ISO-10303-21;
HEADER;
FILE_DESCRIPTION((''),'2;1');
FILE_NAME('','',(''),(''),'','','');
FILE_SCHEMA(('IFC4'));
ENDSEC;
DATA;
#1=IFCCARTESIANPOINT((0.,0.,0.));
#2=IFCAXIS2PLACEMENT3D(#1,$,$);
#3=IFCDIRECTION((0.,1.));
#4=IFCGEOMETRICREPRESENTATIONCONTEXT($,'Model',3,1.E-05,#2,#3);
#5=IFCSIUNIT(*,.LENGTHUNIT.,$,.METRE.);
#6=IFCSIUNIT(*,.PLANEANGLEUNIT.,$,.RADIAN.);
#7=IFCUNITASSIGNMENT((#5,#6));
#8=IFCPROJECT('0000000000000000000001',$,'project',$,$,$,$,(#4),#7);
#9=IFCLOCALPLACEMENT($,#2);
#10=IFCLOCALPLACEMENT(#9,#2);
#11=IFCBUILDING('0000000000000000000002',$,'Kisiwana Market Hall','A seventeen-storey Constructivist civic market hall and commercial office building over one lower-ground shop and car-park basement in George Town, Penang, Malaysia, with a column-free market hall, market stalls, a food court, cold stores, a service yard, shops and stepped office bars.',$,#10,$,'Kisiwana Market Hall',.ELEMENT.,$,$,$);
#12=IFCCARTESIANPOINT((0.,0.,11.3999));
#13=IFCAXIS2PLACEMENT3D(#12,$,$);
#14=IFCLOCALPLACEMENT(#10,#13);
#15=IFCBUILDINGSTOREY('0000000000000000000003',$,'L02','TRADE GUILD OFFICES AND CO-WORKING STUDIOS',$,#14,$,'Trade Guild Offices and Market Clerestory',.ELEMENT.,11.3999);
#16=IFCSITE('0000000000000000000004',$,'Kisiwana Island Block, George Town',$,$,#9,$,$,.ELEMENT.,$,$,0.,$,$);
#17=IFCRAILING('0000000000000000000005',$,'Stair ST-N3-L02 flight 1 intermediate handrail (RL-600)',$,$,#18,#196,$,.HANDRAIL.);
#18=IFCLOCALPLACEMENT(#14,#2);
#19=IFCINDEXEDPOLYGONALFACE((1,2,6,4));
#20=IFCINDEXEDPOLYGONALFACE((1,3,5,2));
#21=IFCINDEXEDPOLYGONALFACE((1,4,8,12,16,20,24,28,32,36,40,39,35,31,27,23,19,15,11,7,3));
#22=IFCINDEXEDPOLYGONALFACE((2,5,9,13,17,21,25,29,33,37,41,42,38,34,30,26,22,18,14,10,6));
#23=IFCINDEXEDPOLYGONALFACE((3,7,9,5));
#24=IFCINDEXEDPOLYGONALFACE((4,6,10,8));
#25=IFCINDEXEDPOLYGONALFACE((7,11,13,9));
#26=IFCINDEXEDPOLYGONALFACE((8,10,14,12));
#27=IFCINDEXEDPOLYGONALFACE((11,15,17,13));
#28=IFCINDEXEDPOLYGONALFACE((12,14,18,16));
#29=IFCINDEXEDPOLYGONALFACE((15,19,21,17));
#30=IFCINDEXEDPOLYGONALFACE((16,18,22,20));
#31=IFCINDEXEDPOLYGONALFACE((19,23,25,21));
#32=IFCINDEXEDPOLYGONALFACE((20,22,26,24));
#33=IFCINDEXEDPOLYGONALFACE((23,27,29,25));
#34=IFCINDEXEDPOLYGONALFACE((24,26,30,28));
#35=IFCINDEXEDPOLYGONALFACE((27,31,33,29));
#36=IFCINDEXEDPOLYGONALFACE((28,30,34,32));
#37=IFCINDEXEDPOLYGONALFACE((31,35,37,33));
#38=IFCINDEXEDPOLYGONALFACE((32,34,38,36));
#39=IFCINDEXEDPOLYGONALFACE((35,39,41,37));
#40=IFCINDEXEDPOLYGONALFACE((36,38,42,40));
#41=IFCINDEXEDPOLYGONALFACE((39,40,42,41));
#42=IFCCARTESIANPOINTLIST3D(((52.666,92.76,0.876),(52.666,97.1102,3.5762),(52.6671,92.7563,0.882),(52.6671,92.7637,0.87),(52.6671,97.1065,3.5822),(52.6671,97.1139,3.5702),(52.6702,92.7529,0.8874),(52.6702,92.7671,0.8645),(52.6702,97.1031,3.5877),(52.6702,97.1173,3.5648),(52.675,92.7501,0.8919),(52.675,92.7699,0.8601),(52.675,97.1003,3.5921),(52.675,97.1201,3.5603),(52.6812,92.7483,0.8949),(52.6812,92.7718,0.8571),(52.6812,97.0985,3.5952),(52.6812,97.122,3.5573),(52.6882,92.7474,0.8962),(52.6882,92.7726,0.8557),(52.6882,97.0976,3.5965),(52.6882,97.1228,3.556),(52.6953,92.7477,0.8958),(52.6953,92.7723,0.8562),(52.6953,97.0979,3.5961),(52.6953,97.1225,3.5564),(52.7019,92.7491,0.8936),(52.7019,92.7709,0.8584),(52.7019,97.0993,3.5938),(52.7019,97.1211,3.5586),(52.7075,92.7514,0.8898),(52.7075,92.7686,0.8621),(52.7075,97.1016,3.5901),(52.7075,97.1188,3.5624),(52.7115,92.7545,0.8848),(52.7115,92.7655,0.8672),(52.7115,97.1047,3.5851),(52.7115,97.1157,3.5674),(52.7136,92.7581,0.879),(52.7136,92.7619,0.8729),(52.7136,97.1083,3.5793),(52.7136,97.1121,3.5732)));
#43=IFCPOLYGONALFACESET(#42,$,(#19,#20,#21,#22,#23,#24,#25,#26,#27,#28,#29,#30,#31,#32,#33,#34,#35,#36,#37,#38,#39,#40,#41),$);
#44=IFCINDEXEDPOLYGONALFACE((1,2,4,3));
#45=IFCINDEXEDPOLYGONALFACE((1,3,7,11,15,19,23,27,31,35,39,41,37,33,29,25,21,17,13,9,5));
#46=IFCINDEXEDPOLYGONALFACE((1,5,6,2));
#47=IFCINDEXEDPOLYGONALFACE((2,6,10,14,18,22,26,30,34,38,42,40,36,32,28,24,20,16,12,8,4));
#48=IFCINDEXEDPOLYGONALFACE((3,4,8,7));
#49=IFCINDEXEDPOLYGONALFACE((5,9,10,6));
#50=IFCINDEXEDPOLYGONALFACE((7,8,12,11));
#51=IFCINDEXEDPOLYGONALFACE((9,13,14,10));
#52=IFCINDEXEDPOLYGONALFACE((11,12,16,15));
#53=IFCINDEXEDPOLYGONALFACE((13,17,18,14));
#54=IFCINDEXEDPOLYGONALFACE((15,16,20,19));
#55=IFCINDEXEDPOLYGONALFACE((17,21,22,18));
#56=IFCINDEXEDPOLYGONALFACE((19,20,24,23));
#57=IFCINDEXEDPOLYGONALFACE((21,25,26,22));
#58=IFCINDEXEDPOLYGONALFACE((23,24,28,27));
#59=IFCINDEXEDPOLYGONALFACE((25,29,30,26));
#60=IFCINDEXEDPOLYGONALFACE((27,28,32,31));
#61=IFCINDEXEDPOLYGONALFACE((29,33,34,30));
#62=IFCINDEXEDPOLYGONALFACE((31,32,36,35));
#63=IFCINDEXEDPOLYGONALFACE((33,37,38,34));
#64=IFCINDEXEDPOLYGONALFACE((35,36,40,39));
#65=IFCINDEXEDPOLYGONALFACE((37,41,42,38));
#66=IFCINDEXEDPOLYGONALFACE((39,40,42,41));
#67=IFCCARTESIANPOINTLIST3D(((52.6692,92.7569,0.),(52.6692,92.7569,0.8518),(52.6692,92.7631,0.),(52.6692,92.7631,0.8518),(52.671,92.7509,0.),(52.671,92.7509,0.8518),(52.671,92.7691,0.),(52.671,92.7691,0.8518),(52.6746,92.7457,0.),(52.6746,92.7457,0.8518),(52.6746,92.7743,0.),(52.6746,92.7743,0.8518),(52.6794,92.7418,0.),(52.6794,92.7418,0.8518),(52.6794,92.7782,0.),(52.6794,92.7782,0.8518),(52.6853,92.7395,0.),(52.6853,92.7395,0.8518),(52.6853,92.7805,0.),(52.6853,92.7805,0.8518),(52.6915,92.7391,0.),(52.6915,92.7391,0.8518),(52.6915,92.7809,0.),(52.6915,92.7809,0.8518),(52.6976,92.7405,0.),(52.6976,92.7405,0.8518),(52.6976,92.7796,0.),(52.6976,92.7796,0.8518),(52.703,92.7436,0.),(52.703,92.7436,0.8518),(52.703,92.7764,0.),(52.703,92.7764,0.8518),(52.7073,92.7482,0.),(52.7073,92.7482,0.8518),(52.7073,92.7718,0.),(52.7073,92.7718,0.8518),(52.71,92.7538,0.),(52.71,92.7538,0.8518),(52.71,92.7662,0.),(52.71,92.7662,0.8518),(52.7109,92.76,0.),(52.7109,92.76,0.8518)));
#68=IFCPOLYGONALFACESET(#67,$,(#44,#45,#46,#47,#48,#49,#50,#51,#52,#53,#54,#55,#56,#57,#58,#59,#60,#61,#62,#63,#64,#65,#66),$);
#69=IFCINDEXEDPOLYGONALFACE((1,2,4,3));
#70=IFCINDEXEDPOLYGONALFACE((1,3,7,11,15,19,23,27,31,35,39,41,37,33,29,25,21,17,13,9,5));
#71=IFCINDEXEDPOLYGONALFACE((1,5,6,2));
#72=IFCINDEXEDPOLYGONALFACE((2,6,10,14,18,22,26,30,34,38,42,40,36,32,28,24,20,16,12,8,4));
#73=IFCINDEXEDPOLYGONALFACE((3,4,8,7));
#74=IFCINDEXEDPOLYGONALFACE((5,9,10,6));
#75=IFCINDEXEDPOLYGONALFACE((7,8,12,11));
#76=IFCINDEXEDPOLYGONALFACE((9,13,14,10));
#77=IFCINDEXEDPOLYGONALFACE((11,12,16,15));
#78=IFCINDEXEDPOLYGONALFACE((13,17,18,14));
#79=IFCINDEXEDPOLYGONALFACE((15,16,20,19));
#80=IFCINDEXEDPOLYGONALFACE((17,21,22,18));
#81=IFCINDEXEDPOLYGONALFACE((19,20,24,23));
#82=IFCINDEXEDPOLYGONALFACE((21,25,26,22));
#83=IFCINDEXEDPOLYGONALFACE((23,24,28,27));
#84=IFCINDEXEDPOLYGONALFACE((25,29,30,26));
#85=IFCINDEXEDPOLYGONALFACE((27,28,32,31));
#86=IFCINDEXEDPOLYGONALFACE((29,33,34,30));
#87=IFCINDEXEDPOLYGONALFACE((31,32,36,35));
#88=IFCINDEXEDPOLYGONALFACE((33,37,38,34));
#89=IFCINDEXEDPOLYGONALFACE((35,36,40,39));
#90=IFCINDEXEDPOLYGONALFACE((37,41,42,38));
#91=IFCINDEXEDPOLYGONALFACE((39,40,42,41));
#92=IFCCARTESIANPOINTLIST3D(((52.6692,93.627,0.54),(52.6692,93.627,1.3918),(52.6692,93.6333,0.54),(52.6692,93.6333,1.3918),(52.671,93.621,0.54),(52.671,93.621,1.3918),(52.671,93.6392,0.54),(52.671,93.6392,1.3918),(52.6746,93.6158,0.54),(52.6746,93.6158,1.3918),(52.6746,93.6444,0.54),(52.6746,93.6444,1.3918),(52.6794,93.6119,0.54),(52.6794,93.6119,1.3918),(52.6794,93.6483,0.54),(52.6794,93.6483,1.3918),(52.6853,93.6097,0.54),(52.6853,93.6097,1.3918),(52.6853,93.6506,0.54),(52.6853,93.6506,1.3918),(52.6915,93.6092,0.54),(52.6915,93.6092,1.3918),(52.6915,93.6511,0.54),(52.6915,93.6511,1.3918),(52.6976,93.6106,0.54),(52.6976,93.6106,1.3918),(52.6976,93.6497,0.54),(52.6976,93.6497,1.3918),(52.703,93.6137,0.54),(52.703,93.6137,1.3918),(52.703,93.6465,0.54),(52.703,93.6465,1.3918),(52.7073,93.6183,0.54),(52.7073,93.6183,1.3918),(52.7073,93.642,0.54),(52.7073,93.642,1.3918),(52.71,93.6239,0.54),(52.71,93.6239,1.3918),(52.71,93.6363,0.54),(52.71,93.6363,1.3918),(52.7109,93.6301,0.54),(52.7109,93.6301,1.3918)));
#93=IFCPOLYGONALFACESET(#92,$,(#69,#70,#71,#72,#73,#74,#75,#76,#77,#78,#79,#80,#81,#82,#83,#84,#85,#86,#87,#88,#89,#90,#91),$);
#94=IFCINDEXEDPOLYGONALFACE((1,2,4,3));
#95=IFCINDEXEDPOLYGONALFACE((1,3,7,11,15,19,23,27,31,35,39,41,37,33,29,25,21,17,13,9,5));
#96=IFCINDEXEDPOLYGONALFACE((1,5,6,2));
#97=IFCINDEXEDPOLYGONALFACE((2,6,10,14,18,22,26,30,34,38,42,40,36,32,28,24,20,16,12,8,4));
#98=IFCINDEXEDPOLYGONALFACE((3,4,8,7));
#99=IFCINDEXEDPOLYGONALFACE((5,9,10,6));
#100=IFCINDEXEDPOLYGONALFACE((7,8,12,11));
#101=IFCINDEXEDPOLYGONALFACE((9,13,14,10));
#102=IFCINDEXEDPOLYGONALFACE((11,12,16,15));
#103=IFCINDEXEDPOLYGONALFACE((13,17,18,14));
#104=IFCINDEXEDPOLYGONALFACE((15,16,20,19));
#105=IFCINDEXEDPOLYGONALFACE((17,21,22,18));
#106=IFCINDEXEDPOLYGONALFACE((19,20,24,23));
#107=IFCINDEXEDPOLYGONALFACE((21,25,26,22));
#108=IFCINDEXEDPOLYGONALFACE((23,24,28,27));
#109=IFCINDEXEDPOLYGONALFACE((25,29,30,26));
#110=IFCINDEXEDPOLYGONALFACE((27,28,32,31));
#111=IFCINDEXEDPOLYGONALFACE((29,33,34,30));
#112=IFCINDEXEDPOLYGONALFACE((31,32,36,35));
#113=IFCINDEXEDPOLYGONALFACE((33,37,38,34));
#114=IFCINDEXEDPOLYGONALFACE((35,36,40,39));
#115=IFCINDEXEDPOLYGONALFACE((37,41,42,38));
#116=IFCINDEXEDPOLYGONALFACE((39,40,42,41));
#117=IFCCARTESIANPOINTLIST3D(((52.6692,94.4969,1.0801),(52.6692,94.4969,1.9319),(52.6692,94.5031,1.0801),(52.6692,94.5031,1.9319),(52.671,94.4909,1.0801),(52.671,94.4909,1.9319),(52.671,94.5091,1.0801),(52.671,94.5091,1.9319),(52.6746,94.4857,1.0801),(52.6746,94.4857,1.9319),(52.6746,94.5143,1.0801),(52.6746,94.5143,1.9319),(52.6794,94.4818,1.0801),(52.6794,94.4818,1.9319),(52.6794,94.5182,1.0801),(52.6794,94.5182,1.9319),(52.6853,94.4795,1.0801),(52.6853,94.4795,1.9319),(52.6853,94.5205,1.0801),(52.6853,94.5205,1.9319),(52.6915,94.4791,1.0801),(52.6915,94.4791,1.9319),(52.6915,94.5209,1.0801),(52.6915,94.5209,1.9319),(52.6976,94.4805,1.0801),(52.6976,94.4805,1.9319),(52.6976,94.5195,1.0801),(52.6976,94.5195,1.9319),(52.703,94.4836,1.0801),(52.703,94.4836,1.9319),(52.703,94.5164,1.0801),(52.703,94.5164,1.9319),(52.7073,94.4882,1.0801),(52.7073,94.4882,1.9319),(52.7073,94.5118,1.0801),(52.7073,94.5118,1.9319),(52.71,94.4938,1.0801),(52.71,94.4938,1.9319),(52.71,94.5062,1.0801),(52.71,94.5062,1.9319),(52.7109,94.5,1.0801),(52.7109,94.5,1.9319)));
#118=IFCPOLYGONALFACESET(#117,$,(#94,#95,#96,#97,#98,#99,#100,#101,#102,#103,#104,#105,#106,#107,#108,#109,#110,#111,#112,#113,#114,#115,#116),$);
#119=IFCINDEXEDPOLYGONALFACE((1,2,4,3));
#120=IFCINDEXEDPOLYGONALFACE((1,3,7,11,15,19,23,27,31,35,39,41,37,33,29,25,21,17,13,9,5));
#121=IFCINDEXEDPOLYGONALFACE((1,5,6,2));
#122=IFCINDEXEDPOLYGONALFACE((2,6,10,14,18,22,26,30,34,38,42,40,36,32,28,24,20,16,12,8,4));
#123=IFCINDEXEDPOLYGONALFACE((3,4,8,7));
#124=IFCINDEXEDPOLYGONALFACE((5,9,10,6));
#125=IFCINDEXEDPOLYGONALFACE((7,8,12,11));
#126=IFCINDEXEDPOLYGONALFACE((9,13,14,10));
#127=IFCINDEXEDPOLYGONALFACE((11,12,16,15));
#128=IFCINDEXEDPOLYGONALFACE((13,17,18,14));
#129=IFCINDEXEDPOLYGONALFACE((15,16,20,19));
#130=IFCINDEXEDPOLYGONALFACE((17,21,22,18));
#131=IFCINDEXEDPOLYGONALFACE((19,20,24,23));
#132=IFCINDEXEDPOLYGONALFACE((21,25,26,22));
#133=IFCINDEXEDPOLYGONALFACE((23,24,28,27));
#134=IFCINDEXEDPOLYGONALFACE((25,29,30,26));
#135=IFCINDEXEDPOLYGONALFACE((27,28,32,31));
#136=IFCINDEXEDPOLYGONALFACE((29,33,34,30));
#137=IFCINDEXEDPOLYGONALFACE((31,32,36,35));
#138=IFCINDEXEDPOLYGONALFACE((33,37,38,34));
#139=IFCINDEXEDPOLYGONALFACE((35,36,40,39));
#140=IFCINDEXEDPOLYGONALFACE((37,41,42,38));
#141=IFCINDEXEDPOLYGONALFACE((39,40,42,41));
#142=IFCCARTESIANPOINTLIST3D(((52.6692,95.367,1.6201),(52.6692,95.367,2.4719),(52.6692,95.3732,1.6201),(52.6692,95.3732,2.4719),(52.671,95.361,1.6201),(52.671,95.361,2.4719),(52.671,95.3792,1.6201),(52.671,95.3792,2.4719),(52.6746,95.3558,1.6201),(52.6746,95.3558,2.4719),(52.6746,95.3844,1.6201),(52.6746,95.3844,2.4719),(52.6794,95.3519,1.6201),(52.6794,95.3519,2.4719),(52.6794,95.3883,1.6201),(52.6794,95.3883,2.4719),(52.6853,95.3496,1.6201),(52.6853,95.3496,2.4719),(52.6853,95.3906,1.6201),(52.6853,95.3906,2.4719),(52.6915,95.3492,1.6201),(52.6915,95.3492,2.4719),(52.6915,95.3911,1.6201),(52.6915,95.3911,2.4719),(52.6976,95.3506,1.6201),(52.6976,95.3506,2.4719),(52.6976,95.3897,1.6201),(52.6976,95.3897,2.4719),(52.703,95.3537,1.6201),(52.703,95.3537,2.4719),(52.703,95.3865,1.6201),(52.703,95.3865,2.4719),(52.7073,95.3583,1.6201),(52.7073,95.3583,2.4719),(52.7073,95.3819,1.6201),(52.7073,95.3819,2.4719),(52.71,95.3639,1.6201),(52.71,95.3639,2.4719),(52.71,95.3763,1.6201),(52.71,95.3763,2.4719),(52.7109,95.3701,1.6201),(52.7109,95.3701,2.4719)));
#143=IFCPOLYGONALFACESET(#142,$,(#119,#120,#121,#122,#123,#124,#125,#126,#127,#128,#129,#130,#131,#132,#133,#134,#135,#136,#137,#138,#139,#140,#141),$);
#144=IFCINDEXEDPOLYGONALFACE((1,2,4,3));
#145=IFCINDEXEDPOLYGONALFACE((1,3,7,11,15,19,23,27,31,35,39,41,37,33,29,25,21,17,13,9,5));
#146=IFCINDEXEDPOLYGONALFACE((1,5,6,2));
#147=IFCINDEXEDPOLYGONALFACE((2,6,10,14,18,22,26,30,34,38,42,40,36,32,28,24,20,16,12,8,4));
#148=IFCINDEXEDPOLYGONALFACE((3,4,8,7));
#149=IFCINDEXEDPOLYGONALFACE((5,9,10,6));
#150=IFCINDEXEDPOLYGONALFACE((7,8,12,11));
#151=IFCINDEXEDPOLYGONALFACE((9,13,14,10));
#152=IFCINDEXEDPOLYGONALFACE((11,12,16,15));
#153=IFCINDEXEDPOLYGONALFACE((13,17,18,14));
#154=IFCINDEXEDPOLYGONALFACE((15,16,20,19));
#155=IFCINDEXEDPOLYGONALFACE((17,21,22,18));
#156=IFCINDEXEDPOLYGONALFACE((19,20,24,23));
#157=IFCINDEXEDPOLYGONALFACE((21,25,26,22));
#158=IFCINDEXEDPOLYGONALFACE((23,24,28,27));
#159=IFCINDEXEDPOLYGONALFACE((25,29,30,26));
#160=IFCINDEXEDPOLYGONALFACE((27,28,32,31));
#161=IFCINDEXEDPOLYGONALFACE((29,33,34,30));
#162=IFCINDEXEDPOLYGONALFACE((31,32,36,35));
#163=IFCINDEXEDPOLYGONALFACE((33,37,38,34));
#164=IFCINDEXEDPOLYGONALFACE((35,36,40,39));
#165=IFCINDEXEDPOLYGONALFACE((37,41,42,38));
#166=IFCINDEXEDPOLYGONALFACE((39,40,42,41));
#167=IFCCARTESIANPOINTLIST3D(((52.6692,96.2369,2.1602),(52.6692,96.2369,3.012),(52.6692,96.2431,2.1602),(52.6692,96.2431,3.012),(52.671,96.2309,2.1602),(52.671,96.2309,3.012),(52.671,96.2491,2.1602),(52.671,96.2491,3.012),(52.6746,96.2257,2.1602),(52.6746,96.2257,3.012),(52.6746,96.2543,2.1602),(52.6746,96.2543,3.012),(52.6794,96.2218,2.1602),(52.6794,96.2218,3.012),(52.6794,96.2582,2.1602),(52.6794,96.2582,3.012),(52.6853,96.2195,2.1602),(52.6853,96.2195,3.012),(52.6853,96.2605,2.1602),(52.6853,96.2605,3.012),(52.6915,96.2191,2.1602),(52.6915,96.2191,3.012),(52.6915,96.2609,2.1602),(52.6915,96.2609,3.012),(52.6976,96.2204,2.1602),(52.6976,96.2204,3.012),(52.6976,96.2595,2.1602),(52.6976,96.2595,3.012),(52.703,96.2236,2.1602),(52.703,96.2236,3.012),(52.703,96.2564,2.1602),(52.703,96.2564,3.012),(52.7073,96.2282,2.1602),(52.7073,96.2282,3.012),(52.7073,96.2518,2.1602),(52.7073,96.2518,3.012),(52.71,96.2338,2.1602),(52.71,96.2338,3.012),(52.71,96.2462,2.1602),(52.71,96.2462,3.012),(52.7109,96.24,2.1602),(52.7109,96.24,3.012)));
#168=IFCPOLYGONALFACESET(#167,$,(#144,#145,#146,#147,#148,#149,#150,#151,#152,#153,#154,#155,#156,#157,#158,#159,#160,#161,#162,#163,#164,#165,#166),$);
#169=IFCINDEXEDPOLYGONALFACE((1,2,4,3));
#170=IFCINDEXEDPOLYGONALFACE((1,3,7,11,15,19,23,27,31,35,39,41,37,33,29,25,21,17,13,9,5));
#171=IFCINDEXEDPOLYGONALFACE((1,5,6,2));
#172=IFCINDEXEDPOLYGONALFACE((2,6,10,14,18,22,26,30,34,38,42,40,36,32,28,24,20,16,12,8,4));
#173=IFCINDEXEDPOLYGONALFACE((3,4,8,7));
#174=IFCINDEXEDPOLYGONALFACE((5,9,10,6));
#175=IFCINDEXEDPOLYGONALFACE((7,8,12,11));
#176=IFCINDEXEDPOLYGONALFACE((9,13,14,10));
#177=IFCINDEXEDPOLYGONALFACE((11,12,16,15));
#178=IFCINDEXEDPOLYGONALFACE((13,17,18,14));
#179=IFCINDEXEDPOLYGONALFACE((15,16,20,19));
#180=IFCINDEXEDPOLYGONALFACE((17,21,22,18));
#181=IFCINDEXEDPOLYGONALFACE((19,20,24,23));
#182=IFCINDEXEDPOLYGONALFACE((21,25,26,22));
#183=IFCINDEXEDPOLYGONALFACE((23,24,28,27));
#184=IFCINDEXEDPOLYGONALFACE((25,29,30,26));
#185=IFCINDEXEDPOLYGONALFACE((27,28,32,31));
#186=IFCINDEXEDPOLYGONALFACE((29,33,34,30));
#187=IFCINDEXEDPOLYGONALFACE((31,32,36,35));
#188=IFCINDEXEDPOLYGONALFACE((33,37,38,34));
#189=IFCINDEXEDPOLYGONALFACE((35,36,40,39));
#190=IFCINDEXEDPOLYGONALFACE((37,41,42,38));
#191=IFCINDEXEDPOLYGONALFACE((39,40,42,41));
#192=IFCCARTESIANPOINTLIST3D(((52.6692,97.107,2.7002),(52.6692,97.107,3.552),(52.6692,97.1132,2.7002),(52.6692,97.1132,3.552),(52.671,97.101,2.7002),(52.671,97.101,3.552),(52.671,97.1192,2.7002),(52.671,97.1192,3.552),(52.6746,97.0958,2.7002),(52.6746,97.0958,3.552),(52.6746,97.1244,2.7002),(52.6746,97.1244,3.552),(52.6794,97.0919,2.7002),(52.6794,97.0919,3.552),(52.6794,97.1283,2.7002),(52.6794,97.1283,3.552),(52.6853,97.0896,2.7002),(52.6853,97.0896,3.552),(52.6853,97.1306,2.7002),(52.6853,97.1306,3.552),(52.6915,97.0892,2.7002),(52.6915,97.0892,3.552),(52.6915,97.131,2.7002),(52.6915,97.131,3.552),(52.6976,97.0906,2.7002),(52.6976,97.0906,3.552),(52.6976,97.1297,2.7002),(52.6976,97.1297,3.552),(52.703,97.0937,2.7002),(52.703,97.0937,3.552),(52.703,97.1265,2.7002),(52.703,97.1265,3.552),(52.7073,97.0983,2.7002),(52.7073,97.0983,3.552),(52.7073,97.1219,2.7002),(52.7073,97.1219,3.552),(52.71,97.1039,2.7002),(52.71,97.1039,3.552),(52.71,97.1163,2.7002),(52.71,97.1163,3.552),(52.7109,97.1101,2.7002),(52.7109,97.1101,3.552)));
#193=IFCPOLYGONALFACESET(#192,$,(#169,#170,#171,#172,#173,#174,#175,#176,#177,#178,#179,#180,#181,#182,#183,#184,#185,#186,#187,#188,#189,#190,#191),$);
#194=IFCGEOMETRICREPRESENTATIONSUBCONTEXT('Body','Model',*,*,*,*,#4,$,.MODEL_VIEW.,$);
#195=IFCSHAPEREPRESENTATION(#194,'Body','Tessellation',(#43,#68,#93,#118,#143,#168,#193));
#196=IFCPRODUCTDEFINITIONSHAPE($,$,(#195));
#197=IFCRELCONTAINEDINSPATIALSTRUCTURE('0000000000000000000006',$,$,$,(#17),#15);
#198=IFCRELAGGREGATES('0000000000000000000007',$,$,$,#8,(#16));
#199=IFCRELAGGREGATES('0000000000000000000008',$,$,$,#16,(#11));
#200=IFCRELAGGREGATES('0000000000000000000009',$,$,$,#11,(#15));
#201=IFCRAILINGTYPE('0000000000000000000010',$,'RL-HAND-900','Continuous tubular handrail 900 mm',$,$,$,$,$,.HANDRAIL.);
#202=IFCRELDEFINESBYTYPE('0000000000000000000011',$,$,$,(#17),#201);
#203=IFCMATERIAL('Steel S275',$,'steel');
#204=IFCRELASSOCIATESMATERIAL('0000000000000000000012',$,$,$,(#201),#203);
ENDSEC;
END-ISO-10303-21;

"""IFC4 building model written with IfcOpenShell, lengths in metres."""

from ifc_helpers import new_model, si_unit, direction, frame, origin, origin_2d, place, context, subcontext, project, spatial, circle, extrude, material, type_object, element, save


model = new_model("IFC4")

# Units and contexts
model_context = context("Model", 3, precision=1e-05, world=origin(), true_north=direction((0.0, 1.0)))
body_context = subcontext(model_context, "Body", "Model", "MODEL_VIEW")
ifc_project = project(units=[si_unit("LENGTHUNIT", "METRE"), si_unit("PLANEANGLEUNIT", "RADIAN")], contexts=[model_context])

# Site, building, storey
site_placement = place(None, origin())
site = spatial("IfcSite", under=ifc_project, at=site_placement, Name="Kisiwana Island Block, George Town", CompositionType="ELEMENT", RefElevation=0.0)
building_placement = place(site_placement, origin())
building = spatial("IfcBuilding", under=site, at=building_placement, Name="Kisiwana Market Hall", Description="A seventeen-storey Constructivist civic market hall and commercial office building over one lower-ground shop and car-park basement in George Town, Penang, Malaysia, with a column-free market hall, market stalls, a food court, cold stores, a service yard, shops and stepped office bars.", LongName="Kisiwana Market Hall", CompositionType="ELEMENT")
storey_placement = place(building_placement, frame((0.0, 0.0, 11.3999)))
storey = spatial("IfcBuildingStorey", under=building, at=storey_placement, Name="L02", Description="TRADE GUILD OFFICES AND CO-WORKING STUDIOS", LongName="Trade Guild Offices and Market Clerestory", CompositionType="ELEMENT", Elevation=11.3999)

# Railing
ifc_material_1 = material(Name="Steel S275", Category="steel")
railing_type_1 = type_object("IfcRailingType", Name="RL-HAND-900", Description="Continuous tubular handrail 900 mm", PredefinedType="HANDRAIL", material=ifc_material_1)
railing_1_placement = place(storey_placement, frame((52.6899, 92.76, 0.0)))
element("IfcRailing", 1, at=railing_1_placement, inside=storey, type_object=railing_type_1, Name="Stair ST-N3-L02 flight 1 intermediate handrail (RL-600)", PredefinedType="HANDRAIL", context=body_context, shape_type="SweptSolid", body=[
    extrude(circle(Radius=0.0239, at=origin_2d()), frame((0.0, 0.0, 0.876), z_axis=(0.0, 0.849628, 0.527382), x_axis=(-1.0, 0.0, 0.0)), (0.0, 0.0, 1.0), 5.1201),
    extrude(circle(Radius=0.021, at=origin_2d()), origin(), (0.0, 0.0, 1.0), 0.8518),
    extrude(circle(Radius=0.021, at=origin_2d()), frame((0.0, 0.8701, 0.54)), (0.0, 0.0, 1.0), 0.8518),
    extrude(circle(Radius=0.021, at=origin_2d()), frame((0.0, 1.74, 1.0801)), (0.0, 0.0, 1.0), 0.8518),
    extrude(circle(Radius=0.021, at=origin_2d()), frame((0.0, 2.6101, 1.6201)), (0.0, 0.0, 1.0), 0.8518),
    extrude(circle(Radius=0.021, at=origin_2d()), frame((0.0, 3.48, 2.1602)), (0.0, 0.0, 1.0), 0.8518),
    extrude(circle(Radius=0.021, at=origin_2d()), frame((0.0, 4.3501, 2.7002)), (0.0, 0.0, 1.0), 0.8518),
])

save(model, "model.ifc")
